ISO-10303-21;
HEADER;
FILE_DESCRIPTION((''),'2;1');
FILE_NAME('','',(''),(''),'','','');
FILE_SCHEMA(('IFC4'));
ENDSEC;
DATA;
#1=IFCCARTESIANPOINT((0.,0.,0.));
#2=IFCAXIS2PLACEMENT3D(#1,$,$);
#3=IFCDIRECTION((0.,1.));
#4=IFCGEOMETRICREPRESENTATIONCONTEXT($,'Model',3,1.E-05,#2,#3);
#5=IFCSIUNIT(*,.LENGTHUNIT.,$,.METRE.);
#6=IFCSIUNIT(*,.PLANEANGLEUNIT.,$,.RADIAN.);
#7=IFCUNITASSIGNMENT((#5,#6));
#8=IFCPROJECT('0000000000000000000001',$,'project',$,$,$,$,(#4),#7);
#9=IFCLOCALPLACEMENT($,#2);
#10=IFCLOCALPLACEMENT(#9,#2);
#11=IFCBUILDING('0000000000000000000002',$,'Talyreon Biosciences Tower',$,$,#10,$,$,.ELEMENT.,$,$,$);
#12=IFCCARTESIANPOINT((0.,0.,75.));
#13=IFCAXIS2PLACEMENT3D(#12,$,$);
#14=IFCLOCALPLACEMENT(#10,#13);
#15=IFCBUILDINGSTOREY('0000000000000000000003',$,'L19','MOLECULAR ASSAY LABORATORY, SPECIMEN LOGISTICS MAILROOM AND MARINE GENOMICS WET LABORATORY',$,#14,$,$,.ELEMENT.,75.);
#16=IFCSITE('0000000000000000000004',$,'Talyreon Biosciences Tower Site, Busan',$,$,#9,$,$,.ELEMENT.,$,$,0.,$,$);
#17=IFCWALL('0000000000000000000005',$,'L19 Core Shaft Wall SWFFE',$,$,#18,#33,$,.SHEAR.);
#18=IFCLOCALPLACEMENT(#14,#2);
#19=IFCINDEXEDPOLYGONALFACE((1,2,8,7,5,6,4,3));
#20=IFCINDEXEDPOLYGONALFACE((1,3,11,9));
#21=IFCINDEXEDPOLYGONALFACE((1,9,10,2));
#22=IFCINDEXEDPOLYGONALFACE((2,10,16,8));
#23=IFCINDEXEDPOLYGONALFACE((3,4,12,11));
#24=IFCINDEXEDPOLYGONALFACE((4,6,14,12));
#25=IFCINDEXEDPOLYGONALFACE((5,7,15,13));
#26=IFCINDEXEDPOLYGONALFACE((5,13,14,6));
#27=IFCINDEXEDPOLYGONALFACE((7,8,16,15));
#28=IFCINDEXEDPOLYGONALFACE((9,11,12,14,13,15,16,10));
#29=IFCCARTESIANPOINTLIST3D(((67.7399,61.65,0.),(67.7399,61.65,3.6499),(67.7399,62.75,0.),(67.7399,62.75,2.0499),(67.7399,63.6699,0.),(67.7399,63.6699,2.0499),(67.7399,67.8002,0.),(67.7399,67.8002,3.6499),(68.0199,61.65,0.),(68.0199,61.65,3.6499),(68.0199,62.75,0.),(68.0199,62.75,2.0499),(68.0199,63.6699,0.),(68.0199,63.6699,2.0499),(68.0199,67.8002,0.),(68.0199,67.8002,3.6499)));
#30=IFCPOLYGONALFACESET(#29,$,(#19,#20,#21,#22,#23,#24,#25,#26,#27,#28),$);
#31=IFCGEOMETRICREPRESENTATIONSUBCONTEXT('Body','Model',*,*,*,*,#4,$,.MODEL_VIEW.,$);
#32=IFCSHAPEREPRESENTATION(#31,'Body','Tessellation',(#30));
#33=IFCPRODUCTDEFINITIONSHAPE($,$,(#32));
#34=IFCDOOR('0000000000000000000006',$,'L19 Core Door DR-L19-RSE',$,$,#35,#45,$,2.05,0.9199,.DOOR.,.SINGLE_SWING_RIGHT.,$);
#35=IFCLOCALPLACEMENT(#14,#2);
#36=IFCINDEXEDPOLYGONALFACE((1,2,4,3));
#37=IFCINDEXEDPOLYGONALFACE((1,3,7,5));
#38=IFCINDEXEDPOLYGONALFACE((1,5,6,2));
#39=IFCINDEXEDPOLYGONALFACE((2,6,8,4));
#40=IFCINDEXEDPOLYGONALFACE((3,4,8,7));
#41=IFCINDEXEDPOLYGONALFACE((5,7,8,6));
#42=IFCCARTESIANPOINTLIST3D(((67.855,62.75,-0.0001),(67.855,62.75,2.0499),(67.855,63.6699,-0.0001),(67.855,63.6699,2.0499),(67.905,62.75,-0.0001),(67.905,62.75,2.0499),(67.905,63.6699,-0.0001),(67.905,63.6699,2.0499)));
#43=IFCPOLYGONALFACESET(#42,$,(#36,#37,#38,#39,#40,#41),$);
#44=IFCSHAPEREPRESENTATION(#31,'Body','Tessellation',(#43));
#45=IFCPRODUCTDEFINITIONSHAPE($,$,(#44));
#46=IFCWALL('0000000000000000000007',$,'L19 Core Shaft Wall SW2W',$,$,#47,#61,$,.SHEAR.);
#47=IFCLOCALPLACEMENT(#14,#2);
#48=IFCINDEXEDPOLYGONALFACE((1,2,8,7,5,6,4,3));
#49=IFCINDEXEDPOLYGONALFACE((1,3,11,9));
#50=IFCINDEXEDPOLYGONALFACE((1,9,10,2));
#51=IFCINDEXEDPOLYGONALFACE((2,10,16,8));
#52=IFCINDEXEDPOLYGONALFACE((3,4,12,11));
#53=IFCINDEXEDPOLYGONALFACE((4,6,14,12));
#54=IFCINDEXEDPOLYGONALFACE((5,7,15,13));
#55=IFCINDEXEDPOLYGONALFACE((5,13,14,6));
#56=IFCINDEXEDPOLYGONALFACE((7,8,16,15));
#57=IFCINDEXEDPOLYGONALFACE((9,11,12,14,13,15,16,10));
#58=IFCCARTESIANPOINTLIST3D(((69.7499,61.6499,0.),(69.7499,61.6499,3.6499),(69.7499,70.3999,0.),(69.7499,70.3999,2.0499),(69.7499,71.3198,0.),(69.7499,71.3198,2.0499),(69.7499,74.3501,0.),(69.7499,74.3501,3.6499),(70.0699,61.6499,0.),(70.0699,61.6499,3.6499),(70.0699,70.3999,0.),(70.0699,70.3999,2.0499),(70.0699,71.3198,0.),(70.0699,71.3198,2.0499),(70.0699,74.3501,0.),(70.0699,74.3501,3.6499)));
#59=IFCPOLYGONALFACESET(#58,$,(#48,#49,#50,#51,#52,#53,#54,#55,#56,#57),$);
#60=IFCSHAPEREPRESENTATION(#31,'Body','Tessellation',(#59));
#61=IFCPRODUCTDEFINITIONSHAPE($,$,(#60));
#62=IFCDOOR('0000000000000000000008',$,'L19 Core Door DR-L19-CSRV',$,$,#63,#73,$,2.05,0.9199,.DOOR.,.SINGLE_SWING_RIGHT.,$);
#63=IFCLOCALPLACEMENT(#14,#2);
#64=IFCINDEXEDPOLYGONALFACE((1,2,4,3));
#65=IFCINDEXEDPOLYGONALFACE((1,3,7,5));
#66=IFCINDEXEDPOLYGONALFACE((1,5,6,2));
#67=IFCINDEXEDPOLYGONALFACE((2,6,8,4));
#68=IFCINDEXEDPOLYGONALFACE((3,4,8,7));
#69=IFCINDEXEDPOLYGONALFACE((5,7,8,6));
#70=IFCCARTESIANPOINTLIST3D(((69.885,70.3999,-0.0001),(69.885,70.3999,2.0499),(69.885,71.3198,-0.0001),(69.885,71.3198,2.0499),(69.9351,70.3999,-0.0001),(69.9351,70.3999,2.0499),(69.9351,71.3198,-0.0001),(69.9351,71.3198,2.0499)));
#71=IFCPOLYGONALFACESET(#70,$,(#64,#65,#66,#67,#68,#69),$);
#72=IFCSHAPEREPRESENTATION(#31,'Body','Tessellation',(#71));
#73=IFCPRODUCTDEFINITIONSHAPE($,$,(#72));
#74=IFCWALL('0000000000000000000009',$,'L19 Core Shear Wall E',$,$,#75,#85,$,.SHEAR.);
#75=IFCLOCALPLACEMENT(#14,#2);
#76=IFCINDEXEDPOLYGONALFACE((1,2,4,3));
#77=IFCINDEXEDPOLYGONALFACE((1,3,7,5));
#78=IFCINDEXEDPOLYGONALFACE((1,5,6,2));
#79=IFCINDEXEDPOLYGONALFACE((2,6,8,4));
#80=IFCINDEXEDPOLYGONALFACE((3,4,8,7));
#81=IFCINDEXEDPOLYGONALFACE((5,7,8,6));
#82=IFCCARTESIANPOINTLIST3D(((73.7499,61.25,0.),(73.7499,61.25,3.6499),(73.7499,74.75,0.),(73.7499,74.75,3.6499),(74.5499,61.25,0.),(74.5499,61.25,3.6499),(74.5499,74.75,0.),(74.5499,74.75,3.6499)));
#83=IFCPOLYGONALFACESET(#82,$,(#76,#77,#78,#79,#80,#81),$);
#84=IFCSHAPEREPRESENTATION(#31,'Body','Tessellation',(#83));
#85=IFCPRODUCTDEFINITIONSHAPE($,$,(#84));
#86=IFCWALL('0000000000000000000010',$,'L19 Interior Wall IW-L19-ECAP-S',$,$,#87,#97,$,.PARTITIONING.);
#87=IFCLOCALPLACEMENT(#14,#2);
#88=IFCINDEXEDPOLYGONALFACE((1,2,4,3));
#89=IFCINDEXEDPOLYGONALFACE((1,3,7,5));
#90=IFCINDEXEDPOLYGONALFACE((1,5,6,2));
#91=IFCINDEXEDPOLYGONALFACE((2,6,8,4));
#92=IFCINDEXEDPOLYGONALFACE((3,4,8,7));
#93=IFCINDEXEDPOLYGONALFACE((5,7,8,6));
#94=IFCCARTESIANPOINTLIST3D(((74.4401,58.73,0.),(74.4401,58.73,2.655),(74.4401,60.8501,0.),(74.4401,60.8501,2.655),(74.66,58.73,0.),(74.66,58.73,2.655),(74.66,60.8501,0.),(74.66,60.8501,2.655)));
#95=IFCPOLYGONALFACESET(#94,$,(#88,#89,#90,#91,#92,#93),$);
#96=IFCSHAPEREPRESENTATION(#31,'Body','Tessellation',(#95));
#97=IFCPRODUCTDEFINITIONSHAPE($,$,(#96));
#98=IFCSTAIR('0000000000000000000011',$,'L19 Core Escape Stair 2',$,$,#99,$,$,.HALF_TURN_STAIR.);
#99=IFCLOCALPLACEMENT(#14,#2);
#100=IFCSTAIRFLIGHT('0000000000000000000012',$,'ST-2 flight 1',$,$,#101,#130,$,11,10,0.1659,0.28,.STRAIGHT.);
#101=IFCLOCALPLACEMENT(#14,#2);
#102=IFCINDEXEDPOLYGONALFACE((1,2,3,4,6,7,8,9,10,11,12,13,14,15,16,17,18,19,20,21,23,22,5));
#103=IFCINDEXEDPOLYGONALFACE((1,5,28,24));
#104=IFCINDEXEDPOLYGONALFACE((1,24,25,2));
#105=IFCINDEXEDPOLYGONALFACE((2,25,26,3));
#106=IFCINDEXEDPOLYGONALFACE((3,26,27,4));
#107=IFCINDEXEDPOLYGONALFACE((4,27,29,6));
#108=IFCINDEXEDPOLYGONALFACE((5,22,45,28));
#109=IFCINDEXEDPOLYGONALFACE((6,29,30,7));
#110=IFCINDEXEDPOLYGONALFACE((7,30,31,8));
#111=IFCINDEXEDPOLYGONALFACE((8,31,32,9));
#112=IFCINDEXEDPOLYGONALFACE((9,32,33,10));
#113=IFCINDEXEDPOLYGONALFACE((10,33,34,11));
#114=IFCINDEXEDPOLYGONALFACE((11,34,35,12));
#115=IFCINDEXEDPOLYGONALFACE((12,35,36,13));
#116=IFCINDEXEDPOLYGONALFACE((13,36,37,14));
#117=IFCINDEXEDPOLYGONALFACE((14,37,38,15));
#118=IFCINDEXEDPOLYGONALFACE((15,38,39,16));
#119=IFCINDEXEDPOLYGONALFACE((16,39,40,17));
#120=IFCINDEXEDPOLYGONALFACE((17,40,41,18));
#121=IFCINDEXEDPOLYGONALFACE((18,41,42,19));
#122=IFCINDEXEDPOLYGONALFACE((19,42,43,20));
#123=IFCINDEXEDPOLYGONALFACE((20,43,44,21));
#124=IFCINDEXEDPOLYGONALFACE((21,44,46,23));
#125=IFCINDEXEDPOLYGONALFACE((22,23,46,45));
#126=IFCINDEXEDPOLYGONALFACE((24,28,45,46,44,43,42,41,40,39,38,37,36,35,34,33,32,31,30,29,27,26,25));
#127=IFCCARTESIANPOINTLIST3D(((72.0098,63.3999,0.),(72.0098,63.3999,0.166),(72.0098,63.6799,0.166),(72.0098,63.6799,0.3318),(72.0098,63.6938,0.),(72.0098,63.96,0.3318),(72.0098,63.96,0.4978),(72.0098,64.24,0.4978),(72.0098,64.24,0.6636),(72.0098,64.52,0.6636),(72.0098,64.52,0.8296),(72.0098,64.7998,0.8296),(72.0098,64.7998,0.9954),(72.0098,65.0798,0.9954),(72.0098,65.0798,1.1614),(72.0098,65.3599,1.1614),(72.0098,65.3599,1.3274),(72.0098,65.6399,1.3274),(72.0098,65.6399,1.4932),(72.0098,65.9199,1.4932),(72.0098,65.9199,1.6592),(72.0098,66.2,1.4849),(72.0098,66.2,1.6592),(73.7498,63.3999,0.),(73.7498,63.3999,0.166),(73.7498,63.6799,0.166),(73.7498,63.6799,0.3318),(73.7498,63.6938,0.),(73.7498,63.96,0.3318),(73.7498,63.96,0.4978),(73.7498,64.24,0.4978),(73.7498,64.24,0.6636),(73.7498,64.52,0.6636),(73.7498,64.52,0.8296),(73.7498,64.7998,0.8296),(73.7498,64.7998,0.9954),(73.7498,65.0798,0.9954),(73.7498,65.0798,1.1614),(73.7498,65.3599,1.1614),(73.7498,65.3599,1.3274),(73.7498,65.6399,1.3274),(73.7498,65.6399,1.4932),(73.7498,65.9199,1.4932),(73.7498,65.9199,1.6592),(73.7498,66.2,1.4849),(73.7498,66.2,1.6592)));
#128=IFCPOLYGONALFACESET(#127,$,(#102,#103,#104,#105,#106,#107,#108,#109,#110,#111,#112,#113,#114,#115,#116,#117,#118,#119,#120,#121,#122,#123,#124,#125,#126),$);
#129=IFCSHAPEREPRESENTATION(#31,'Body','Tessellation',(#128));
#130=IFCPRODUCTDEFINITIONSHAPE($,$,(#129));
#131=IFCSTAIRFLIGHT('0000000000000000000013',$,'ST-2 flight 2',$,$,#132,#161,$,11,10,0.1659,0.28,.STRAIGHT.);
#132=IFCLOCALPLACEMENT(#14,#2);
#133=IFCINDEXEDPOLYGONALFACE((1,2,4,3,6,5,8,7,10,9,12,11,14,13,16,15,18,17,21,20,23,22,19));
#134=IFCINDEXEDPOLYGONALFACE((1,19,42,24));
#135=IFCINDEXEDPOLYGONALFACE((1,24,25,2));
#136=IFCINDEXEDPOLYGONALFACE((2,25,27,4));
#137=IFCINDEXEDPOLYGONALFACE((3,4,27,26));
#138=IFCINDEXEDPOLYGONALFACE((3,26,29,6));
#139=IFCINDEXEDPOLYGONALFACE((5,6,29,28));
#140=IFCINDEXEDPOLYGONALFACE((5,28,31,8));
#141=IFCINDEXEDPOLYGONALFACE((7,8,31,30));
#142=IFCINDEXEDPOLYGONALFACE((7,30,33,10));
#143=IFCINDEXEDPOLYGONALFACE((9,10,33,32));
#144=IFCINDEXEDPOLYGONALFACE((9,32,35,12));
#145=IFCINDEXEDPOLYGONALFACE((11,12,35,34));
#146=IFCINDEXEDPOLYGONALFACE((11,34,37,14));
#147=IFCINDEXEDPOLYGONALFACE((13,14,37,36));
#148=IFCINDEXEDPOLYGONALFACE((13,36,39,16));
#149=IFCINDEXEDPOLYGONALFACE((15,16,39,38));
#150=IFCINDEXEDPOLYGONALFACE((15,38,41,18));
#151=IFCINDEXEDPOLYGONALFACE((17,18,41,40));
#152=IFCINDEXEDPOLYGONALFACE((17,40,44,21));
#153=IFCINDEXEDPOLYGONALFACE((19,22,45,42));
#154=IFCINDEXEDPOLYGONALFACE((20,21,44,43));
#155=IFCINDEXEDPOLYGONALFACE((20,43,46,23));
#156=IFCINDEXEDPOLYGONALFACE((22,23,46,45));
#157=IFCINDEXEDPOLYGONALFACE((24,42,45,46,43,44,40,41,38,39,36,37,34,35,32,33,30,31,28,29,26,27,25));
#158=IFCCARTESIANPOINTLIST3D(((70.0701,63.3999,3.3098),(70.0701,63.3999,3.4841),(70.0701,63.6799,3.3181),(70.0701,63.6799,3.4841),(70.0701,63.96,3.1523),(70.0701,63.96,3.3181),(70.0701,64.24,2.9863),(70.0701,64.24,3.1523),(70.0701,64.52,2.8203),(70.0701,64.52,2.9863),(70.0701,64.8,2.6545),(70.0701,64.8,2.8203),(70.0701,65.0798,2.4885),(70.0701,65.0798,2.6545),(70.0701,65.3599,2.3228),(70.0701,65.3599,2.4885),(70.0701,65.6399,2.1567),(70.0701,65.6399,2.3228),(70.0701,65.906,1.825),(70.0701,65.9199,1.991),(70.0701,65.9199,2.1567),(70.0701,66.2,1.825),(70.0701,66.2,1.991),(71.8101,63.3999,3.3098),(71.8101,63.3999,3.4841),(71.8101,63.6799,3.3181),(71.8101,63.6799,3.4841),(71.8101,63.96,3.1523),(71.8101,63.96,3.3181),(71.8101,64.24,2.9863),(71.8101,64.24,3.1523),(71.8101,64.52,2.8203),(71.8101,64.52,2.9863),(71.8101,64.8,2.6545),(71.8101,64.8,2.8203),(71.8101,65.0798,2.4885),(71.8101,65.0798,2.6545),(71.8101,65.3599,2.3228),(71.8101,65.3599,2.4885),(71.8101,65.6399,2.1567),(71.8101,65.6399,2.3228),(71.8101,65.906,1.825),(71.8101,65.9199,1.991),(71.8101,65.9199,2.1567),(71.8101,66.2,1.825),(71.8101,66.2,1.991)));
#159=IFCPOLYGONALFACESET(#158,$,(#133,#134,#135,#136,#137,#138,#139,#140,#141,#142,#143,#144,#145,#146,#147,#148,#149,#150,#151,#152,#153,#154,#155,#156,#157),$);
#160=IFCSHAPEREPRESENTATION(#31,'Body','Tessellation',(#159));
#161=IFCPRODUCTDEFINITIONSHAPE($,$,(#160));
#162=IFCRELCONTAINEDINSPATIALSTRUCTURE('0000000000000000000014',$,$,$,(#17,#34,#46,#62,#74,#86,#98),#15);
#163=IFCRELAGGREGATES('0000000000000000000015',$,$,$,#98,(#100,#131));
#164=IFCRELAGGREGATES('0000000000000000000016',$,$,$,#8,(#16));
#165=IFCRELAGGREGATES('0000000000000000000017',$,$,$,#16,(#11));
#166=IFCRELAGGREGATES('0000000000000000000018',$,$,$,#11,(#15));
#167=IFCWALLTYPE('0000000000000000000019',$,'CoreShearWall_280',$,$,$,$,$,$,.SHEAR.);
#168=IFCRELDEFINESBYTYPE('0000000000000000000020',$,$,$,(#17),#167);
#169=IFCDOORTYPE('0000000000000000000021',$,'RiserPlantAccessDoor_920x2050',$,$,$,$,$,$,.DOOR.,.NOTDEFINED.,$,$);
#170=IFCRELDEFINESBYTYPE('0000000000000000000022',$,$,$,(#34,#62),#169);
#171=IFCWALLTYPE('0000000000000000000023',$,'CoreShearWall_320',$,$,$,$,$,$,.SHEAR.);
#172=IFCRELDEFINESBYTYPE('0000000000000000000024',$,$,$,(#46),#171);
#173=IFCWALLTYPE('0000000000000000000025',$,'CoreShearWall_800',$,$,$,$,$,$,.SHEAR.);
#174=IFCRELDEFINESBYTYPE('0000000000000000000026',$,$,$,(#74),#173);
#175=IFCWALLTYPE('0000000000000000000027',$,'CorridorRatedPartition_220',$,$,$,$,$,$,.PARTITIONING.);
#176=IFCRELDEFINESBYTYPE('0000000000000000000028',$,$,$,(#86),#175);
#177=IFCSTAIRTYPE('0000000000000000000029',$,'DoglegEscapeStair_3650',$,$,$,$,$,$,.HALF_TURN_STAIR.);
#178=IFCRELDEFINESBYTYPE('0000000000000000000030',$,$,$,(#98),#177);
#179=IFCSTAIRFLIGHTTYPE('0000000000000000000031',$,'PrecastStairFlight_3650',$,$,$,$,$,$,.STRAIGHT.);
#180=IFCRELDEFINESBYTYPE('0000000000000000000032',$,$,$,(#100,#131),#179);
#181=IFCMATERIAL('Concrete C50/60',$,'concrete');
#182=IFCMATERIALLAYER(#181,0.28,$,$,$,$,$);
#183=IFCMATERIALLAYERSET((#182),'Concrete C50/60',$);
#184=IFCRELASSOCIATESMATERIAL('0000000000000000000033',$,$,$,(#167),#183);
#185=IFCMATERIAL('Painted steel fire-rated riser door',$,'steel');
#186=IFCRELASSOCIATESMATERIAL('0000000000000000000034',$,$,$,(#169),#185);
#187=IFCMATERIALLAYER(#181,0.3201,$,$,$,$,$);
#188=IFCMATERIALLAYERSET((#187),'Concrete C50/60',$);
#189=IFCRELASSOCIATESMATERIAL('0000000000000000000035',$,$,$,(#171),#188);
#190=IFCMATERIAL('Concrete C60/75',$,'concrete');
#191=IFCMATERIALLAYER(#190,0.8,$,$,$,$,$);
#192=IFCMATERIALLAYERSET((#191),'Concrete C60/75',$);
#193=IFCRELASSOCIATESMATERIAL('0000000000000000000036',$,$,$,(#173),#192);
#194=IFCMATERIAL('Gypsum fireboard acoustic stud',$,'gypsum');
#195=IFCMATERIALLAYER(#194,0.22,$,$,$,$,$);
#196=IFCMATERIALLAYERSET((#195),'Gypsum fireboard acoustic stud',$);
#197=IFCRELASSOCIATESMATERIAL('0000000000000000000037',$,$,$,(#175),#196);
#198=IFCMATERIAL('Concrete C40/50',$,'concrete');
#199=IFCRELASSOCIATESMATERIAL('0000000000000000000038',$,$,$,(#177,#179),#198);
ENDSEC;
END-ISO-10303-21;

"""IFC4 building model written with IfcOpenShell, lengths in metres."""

from ifc_helpers import new_model, si_unit, direction, frame, frame_2d, origin, place, context, subcontext, project, spatial, polyline, rectangle, outline, extrude, material, layer, layer_set, type_object, element, fill, aggregate, save


model = new_model("IFC4")

# Units and contexts
model_context = context("Model", 3, precision=1e-05, world=origin(), true_north=direction((0.0, 1.0)))
body_context = subcontext(model_context, "Body", "Model", "MODEL_VIEW")
ifc_project = project(units=[si_unit("LENGTHUNIT", "METRE"), si_unit("PLANEANGLEUNIT", "RADIAN")], contexts=[model_context])

# Site, building, storey
site_placement = place(None, origin())
site = spatial("IfcSite", under=ifc_project, at=site_placement, Name="Talyreon Biosciences Tower Site, Busan", CompositionType="ELEMENT", RefElevation=0.0)
building_placement = place(site_placement, origin())
building = spatial("IfcBuilding", under=site, at=building_placement, Name="Talyreon Biosciences Tower", CompositionType="ELEMENT")
storey_placement = place(building_placement, frame((0.0, 0.0, 75.0)))
storey = spatial("IfcBuildingStorey", under=building, at=storey_placement, Name="L19", Description="MOLECULAR ASSAY LABORATORY, SPECIMEN LOGISTICS MAILROOM AND MARINE GENOMICS WET LABORATORY", CompositionType="ELEMENT", Elevation=75.0)

# Shared definitions
ifc_material_1 = material(Name="Concrete C60/75", Category="concrete")
ifc_material_2 = material(Name="Concrete C50/60", Category="concrete")

# Walls, openings, doors
ifc_layer_1 = layer(ifc_material_2, 0.28)
ifc_layer_set_1 = layer_set([ifc_layer_1], Name="Concrete C50/60")
wall_type_1 = type_object("IfcWallType", Name="CoreShearWall_280", PredefinedType="SHEAR", material=ifc_layer_set_1)
wall_1_placement = place(storey_placement, frame((67.8799, 61.6499, 0.0), z_axis=(0.0, 0.0, 1.0), x_axis=(0.0, 1.0, 0.0)))
wall_1 = element("IfcWall", 1, at=wall_1_placement, inside=storey, type_object=wall_type_1, Name="L19 Core Shaft Wall SWFFE", PredefinedType="SHEAR", context=body_context, shape_type="SweptSolid", body=[
    extrude(rectangle(XDim=6.1501, YDim=0.28, at=frame_2d((3.0752, 0.0))), origin(), (0.0, 0.0, 1.0), 3.6499),
])
opening_1_placement = place(wall_1_placement, frame((1.1001, 0.0, 0.0)))
opening_1 = element("IfcOpeningElement", 2, at=opening_1_placement, cuts=wall_1, PredefinedType="OPENING", context=body_context, shape_type="SweptSolid", body=[
    extrude(rectangle(XDim=0.9199, YDim=2.05, at=frame_2d((0.46, 1.0249))), frame((0.0, 0.1499, 0.0), z_axis=(0.0, -1.0, 0.0), x_axis=(1.0, 0.0, 0.0)), (0.0, 0.0, 1.0), 0.3),
])
ifc_material_3 = material(Name="Painted steel fire-rated riser door", Category="steel")
door_type = type_object("IfcDoorType", Name="RiserPlantAccessDoor_920x2050", OperationType="NOTDEFINED", PredefinedType="DOOR", material=ifc_material_3)
door_1_placement = place(opening_1_placement, origin())
door_1 = element("IfcDoor", 3, at=door_1_placement, inside=storey, type_object=door_type, Name="L19 Core Door DR-L19-RSE", OperationType="SINGLE_SWING_RIGHT", OverallHeight=2.05, OverallWidth=0.9199, PredefinedType="DOOR", context=body_context, shape_type="SweptSolid", body=[
    extrude(rectangle(XDim=0.9199, YDim=2.05, at=frame_2d((0.46, 1.0249))), frame((0.0, 0.0249, 0.0), z_axis=(0.0, -1.0, 0.0), x_axis=(1.0, 0.0, 0.0)), (0.0, 0.0, 1.0), 0.05),
])
fill(opening_1, door_1)
ifc_layer_2 = layer(ifc_material_2, 0.3201)
ifc_layer_set_2 = layer_set([ifc_layer_2], Name="Concrete C50/60")
wall_type_2 = type_object("IfcWallType", Name="CoreShearWall_320", PredefinedType="SHEAR", material=ifc_layer_set_2)
wall_2_placement = place(storey_placement, frame((69.9099, 61.6499, 0.0), z_axis=(0.0, 0.0, 1.0), x_axis=(0.0, 1.0, 0.0)))
wall_2 = element("IfcWall", 4, at=wall_2_placement, inside=storey, type_object=wall_type_2, Name="L19 Core Shaft Wall SW2W", PredefinedType="SHEAR", context=body_context, shape_type="SweptSolid", body=[
    extrude(rectangle(XDim=12.7002, YDim=0.3201, at=frame_2d((6.3501, 0.0))), origin(), (0.0, 0.0, 1.0), 3.6499),
])
opening_2_placement = place(wall_2_placement, frame((8.75, 0.0, 0.0)))
opening_2 = element("IfcOpeningElement", 5, at=opening_2_placement, cuts=wall_2, PredefinedType="OPENING", context=body_context, shape_type="SweptSolid", body=[
    extrude(rectangle(XDim=0.9199, YDim=2.05, at=frame_2d((0.46, 1.0249))), frame((0.0, 0.1699, 0.0), z_axis=(0.0, -1.0, 0.0), x_axis=(1.0, 0.0, 0.0)), (0.0, 0.0, 1.0), 0.3401),
])
door_2_placement = place(opening_2_placement, origin())
door_2 = element("IfcDoor", 6, at=door_2_placement, inside=storey, type_object=door_type, Name="L19 Core Door DR-L19-CSRV", OperationType="SINGLE_SWING_RIGHT", OverallHeight=2.05, OverallWidth=0.9199, PredefinedType="DOOR", context=body_context, shape_type="SweptSolid", body=[
    extrude(rectangle(XDim=0.9199, YDim=2.05, at=frame_2d((0.46, 1.0249))), frame((0.0, 0.0249, 0.0), z_axis=(0.0, -1.0, 0.0), x_axis=(1.0, 0.0, 0.0)), (0.0, 0.0, 1.0), 0.05),
])
fill(opening_2, door_2)

# Walls
ifc_layer_3 = layer(ifc_material_1, 0.8)
ifc_layer_set_3 = layer_set([ifc_layer_3], Name="Concrete C60/75")
wall_type_3 = type_object("IfcWallType", Name="CoreShearWall_800", PredefinedType="SHEAR", material=ifc_layer_set_3)
wall_3_placement = place(storey_placement, frame((74.1499, 61.25, 0.0), z_axis=(0.0, 0.0, 1.0), x_axis=(0.0, 1.0, 0.0)))
element("IfcWall", 7, at=wall_3_placement, inside=storey, type_object=wall_type_3, Name="L19 Core Shear Wall E", PredefinedType="SHEAR", context=body_context, shape_type="SweptSolid", body=[
    extrude(rectangle(XDim=13.5, YDim=0.8, at=frame_2d((6.75, 0.0))), origin(), (0.0, 0.0, 1.0), 3.6499),
])
ifc_material_4 = material(Name="Gypsum fireboard acoustic stud", Category="gypsum")
ifc_layer_4 = layer(ifc_material_4, 0.22)
ifc_layer_set_4 = layer_set([ifc_layer_4], Name="Gypsum fireboard acoustic stud")
wall_type_4 = type_object("IfcWallType", Name="CorridorRatedPartition_220", PredefinedType="PARTITIONING", material=ifc_layer_set_4)
wall_4_placement = place(storey_placement, frame((74.55, 58.73, 0.0), z_axis=(0.0, 0.0, 1.0), x_axis=(0.0, 1.0, 0.0)))
element("IfcWall", 8, at=wall_4_placement, inside=storey, type_object=wall_type_4, Name="L19 Interior Wall IW-L19-ECAP-S", PredefinedType="PARTITIONING", context=body_context, shape_type="SweptSolid", body=[
    extrude(rectangle(XDim=2.1201, YDim=0.22, at=frame_2d((1.0601, 0.0))), origin(), (0.0, 0.0, 1.0), 2.655),
])

# Stair, stair flights
ifc_material_5 = material(Name="Concrete C40/50", Category="concrete")
stair_type = type_object("IfcStairType", Name="DoglegEscapeStair_3650", PredefinedType="HALF_TURN_STAIR", material=ifc_material_5)
stair_placement = place(storey_placement, origin())
stair = element("IfcStair", 9, at=stair_placement, inside=storey, type_object=stair_type, Name="L19 Core Escape Stair 2", PredefinedType="HALF_TURN_STAIR")
stair_flight_type = type_object("IfcStairFlightType", Name="PrecastStairFlight_3650", PredefinedType="STRAIGHT", material=ifc_material_5)
stair_flight_1_placement = place(storey_placement, frame((72.8799, 63.3999, 0.0), z_axis=(0.0, 0.0, 1.0), x_axis=(0.0, 1.0, 0.0)))
stair_flight_1 = element("IfcStairFlight", 10, at=stair_flight_1_placement, type_object=stair_flight_type, Name="ST-2 flight 1", NumberOfRisers=11, NumberOfTreads=10, PredefinedType="STRAIGHT", RiserHeight=0.1659, TreadLength=0.28, context=body_context, shape_type="SweptSolid", body=[
    extrude(outline(polyline([(0.0, 0.0), (0.0, 0.166), (0.28, 0.166), (0.28, 0.3318), (0.5601, 0.3318), (0.5601, 0.4978), (0.8401, 0.4978), (0.8401, 0.6636), (1.1201, 0.6636), (1.1201, 0.8296), (1.3999, 0.8296), (1.3999, 0.9954), (1.6799, 0.9954), (1.6799, 1.1614), (1.96, 1.1614), (1.96, 1.3274), (2.24, 1.3274), (2.24, 1.4932), (2.52, 1.4932), (2.52, 1.6592), (2.8, 1.6592), (2.8, 1.825), (2.8, 1.4849), (0.2939, 0.0), (0.0, 0.0)])), frame((0.0, 0.8701, 0.0), z_axis=(0.0, -1.0, 0.0), x_axis=(1.0, 0.0, 0.0)), (0.0, 0.0, 1.0), 1.74),
])
stair_flight_2_placement = place(storey_placement, frame((70.9399, 66.2, 1.825), z_axis=(0.0, 0.0, 1.0), x_axis=(0.0, -1.0, 0.0)))
stair_flight_2 = element("IfcStairFlight", 11, at=stair_flight_2_placement, type_object=stair_flight_type, Name="ST-2 flight 2", NumberOfRisers=11, NumberOfTreads=10, PredefinedType="STRAIGHT", RiserHeight=0.1659, TreadLength=0.28, context=body_context, shape_type="SweptSolid", body=[
    extrude(outline(polyline([(0.0, 0.0), (0.0, 0.166), (0.28, 0.166), (0.28, 0.3318), (0.5601, 0.3318), (0.5601, 0.4978), (0.8401, 0.4978), (0.8401, 0.6636), (1.1201, 0.6636), (1.1201, 0.8296), (1.3999, 0.8296), (1.3999, 0.9954), (1.6799, 0.9954), (1.6799, 1.1614), (1.96, 1.1614), (1.96, 1.3274), (2.24, 1.3274), (2.24, 1.4932), (2.52, 1.4932), (2.52, 1.6592), (2.8, 1.6592), (2.8, 1.825), (2.8, 1.4849), (0.2939, 0.0), (0.0, 0.0)])), frame((0.0, 0.8701, 0.0), z_axis=(0.0, -1.0, 0.0), x_axis=(1.0, 0.0, 0.0)), (0.0, 0.0, 1.0), 1.74),
])
aggregate(stair, [stair_flight_1, stair_flight_2])

save(model, "model.ifc")
